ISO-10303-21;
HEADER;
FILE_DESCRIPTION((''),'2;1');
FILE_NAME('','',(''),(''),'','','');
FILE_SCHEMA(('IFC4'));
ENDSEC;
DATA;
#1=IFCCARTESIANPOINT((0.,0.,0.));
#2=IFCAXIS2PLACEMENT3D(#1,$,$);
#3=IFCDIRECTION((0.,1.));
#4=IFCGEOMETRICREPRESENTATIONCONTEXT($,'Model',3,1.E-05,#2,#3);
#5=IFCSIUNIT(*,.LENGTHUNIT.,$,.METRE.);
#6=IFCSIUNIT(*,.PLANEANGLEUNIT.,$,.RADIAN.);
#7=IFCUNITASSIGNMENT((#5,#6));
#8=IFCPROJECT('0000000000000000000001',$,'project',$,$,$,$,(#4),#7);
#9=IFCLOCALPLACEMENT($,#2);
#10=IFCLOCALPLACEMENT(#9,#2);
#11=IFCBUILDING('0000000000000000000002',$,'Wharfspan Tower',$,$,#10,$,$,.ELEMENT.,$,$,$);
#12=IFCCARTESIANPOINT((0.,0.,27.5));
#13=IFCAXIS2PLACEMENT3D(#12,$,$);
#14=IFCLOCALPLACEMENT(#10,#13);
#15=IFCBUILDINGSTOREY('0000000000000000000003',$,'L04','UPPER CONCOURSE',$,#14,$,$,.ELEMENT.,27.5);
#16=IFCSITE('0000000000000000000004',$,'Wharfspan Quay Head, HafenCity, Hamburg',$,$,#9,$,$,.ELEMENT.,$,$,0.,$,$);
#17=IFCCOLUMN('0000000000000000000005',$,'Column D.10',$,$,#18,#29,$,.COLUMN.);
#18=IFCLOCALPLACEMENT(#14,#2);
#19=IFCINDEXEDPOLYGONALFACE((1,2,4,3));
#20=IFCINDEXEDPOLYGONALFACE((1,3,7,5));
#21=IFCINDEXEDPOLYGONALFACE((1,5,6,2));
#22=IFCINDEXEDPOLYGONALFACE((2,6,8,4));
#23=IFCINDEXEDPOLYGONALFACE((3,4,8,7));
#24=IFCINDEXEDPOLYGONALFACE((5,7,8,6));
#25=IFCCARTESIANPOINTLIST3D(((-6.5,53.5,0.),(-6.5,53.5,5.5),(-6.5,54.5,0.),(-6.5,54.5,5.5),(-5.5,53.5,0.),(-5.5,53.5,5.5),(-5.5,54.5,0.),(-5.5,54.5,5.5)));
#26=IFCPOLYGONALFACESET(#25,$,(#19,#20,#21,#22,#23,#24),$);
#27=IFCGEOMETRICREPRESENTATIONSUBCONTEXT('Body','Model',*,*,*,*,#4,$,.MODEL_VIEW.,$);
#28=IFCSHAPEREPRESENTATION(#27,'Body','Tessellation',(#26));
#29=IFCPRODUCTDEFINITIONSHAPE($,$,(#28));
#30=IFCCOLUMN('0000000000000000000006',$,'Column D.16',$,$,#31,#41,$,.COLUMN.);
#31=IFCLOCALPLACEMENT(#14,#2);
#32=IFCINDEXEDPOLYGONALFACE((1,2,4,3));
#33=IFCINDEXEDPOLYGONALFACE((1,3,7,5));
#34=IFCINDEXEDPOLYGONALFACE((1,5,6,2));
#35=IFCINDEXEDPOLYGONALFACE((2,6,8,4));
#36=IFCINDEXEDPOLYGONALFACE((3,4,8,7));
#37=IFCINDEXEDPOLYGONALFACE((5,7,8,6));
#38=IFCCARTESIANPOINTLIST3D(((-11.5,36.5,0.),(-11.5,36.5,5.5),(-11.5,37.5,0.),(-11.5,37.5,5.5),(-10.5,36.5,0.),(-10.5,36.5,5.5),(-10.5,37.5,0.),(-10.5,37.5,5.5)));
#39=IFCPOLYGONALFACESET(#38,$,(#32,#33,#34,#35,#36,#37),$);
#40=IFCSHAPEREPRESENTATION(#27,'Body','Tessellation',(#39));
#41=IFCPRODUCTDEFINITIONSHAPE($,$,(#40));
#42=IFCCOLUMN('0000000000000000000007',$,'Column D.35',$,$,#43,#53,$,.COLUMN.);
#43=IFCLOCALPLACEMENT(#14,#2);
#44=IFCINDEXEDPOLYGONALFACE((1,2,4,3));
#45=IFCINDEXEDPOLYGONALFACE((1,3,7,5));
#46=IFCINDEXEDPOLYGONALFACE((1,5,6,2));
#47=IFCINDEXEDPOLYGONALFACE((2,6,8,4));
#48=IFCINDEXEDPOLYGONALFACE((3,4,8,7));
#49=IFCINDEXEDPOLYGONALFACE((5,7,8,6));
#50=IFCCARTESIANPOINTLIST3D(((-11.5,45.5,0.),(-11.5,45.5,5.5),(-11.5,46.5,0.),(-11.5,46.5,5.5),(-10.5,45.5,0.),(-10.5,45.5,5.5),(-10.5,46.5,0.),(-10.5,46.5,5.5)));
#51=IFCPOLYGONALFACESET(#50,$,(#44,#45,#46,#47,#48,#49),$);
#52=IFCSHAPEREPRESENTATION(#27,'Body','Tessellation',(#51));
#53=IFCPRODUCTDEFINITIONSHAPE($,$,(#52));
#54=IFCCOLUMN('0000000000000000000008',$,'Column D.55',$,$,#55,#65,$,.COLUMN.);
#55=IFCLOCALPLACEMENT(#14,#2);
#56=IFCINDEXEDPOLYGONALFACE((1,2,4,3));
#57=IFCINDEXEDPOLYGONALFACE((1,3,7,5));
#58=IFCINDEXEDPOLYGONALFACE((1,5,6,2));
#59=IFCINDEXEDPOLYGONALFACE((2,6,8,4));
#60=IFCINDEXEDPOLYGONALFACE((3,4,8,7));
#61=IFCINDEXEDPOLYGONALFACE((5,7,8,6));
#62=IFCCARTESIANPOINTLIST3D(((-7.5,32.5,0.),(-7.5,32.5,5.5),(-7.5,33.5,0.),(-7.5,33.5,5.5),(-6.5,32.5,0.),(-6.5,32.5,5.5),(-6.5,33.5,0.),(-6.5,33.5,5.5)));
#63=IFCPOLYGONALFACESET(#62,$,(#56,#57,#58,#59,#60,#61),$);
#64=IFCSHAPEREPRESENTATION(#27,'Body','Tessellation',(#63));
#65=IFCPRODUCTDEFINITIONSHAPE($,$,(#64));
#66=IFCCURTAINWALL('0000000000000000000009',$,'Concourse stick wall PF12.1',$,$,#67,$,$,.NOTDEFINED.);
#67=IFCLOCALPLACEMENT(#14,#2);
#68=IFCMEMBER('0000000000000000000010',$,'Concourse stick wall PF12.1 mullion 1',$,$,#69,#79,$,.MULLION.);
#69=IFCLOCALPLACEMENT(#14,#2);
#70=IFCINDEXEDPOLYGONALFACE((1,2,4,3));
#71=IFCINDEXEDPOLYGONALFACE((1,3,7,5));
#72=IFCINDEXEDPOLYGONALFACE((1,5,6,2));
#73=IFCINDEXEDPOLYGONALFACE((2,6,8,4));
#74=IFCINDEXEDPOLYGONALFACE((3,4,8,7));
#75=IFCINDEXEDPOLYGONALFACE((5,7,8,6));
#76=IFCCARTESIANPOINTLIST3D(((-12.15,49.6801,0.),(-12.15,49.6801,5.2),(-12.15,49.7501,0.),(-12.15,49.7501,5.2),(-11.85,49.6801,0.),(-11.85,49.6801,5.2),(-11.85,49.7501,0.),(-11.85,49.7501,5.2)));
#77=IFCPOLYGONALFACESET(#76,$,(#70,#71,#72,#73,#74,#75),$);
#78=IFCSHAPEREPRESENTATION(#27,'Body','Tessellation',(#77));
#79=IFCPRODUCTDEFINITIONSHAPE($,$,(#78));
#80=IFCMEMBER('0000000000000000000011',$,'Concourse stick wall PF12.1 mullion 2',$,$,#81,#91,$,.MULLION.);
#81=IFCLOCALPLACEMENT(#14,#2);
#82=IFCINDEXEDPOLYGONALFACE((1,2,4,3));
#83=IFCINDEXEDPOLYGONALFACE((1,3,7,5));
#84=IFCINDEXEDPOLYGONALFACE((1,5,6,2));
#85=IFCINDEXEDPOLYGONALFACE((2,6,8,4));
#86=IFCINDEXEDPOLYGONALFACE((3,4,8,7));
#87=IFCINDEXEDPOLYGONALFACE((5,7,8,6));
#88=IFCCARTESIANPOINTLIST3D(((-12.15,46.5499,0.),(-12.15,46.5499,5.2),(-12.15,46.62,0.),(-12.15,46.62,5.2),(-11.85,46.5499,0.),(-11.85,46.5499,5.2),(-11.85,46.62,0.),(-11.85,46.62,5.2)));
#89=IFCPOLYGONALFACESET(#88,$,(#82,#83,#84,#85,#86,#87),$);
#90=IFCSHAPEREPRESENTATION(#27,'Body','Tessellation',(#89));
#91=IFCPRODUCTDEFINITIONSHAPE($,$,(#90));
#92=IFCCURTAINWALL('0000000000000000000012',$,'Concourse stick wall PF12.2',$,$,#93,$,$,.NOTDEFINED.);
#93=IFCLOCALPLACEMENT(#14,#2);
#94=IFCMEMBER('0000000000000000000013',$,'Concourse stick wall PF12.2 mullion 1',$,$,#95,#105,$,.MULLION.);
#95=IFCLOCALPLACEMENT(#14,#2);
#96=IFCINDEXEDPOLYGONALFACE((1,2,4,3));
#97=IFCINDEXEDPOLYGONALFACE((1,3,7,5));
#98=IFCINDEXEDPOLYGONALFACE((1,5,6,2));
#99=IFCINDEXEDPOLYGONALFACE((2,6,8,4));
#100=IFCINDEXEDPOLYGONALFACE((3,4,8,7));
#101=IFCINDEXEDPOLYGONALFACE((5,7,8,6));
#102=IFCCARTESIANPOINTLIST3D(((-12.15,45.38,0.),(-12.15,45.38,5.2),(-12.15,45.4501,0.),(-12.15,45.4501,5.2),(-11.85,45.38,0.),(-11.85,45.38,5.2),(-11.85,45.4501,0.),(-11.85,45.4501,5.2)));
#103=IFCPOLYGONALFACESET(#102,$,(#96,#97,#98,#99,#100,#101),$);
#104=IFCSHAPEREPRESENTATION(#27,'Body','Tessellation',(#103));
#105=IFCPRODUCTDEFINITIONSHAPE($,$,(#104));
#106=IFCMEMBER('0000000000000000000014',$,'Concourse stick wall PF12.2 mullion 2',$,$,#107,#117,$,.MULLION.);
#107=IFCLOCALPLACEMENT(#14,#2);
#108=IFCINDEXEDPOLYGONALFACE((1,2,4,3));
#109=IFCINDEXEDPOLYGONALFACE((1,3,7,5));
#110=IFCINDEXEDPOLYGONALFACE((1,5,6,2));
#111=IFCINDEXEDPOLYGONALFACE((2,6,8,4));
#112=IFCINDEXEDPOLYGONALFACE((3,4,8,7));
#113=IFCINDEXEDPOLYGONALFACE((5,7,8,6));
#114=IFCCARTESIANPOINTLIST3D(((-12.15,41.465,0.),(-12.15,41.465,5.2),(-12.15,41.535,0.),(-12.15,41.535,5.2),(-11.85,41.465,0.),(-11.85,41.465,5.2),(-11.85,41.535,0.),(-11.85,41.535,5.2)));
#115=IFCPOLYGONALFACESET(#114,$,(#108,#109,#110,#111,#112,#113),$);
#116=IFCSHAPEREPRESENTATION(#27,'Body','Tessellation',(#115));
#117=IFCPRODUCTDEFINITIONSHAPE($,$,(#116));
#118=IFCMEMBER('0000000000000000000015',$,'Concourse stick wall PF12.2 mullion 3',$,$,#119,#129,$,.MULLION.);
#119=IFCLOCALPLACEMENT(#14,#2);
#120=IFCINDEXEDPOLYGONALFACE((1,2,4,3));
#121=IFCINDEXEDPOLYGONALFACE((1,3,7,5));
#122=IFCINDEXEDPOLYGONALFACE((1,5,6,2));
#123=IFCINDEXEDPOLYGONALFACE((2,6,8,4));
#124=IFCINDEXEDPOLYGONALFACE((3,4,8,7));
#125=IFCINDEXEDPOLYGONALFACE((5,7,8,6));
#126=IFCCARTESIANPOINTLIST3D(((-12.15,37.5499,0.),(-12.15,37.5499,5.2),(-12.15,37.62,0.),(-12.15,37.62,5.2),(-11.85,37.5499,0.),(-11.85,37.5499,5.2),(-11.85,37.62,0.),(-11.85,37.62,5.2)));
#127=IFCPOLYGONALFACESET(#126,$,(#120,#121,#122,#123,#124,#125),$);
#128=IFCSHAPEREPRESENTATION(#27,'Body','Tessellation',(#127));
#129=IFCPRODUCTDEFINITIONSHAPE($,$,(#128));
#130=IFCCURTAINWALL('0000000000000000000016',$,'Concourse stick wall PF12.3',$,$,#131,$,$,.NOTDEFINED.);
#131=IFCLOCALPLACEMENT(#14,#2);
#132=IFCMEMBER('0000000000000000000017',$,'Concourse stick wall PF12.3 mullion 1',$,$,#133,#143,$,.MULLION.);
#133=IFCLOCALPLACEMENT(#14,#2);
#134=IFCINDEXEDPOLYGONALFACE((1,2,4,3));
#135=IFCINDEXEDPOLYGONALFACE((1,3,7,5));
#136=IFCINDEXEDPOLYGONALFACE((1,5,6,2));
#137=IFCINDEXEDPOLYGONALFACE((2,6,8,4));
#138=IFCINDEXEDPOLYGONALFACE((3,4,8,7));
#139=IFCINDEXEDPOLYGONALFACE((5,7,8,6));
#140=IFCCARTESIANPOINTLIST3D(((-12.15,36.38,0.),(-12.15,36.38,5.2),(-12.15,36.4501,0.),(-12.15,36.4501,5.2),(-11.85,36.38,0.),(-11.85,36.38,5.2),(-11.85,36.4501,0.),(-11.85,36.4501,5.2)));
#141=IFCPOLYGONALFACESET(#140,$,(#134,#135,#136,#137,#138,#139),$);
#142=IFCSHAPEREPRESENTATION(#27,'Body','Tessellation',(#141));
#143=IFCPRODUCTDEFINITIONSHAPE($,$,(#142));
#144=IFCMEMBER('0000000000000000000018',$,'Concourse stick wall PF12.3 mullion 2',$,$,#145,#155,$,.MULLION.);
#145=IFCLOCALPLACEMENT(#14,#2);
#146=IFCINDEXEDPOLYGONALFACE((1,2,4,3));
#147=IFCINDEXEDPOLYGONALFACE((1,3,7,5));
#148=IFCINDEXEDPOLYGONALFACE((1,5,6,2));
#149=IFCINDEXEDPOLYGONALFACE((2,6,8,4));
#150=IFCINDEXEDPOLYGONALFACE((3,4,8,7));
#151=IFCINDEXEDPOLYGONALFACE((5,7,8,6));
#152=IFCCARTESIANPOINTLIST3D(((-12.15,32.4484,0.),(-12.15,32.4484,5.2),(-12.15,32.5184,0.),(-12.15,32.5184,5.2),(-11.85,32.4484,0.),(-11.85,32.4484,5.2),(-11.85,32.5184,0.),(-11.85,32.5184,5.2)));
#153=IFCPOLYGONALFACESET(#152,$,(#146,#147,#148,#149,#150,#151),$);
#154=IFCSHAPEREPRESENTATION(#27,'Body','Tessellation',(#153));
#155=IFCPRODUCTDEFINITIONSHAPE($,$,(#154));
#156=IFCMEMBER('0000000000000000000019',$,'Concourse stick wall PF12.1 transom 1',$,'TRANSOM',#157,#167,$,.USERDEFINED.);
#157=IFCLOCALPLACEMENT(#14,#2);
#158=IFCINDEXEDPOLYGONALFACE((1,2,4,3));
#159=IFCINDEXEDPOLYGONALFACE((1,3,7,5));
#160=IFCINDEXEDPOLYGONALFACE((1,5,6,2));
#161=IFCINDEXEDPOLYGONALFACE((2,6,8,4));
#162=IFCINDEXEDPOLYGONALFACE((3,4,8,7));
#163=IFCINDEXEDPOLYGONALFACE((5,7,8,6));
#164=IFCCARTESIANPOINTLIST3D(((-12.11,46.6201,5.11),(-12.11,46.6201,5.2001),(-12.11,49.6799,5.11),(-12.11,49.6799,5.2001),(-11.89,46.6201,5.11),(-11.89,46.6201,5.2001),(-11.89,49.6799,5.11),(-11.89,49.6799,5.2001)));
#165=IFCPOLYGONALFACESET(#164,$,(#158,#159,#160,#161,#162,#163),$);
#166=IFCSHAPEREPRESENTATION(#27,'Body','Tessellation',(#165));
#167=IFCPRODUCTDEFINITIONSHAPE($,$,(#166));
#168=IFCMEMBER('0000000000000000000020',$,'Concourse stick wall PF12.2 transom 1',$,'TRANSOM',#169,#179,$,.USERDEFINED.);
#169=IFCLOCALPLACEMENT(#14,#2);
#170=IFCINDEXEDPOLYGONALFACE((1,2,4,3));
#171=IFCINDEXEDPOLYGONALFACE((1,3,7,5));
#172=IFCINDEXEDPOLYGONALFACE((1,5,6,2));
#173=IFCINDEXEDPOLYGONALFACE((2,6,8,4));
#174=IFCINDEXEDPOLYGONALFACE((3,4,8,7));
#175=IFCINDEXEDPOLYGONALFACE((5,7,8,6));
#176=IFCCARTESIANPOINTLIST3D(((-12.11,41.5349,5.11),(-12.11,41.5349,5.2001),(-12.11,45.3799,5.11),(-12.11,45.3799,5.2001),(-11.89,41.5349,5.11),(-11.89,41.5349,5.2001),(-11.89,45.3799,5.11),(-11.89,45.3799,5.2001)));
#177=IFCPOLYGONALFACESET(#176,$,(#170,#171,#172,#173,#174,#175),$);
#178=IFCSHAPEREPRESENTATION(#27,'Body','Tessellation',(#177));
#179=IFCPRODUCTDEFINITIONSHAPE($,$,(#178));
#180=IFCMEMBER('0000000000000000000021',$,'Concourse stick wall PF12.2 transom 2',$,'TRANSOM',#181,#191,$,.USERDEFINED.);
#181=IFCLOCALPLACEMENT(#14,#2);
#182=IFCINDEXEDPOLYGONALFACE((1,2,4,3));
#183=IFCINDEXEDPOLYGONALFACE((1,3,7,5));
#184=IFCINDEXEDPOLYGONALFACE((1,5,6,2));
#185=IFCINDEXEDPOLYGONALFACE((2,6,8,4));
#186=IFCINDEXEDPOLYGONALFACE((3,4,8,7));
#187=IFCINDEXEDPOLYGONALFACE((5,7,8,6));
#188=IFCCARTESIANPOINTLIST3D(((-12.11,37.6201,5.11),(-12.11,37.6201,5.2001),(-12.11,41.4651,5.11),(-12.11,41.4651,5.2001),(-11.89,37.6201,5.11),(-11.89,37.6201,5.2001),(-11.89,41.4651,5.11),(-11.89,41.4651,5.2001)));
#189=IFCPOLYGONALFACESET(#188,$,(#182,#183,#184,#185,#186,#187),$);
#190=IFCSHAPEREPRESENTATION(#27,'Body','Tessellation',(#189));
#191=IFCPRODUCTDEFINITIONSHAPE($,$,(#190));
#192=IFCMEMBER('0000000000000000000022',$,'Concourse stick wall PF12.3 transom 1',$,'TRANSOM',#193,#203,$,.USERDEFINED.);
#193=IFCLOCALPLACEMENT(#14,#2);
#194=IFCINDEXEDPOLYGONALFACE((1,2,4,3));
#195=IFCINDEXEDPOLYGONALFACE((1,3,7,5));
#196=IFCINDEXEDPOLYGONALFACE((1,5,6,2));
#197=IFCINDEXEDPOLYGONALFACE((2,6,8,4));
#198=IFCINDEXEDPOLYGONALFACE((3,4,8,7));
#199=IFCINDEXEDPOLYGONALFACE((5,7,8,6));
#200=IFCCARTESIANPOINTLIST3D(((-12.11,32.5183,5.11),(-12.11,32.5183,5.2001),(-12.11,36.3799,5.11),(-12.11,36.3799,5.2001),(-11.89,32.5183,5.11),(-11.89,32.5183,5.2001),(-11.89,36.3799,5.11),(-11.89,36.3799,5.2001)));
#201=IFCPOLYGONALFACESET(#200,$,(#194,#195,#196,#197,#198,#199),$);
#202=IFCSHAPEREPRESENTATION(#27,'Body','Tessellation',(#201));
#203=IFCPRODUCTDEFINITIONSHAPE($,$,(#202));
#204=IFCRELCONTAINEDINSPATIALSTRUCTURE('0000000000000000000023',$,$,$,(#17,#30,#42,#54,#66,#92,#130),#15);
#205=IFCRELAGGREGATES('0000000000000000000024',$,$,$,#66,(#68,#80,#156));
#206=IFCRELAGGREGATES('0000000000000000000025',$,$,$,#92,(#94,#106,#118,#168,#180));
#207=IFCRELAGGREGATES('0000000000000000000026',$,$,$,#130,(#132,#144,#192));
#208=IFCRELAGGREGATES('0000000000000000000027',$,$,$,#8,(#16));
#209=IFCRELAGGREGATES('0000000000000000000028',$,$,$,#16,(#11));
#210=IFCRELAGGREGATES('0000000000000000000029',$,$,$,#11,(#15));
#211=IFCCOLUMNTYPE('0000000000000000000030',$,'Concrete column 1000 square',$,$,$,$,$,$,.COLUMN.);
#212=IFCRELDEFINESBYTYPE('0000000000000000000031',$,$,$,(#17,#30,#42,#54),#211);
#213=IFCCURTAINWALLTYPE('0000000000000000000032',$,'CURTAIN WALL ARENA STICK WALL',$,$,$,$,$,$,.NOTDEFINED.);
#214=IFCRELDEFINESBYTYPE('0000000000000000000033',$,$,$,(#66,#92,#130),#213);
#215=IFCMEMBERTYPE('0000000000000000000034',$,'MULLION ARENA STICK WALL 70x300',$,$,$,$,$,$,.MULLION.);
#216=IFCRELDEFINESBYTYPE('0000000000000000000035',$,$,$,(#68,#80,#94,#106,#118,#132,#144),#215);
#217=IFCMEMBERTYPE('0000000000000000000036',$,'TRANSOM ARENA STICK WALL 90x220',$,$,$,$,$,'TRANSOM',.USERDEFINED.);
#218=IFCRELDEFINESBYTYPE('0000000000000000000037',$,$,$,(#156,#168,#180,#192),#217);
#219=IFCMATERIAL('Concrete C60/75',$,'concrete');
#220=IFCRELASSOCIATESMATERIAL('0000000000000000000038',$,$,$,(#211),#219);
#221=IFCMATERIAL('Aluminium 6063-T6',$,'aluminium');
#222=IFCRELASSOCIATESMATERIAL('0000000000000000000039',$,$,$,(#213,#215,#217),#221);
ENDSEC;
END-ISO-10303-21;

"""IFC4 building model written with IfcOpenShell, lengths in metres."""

from ifc_helpers import new_model, si_unit, direction, frame, origin, origin_2d, place, context, subcontext, project, spatial, rectangle, extrude, material, material_profile, profile_set, type_object, element, aggregate, save


model = new_model("IFC4")

# Units and contexts
model_context = context("Model", 3, precision=1e-05, world=origin(), true_north=direction((0.0, 1.0)))
body_context = subcontext(model_context, "Body", "Model", "MODEL_VIEW")
ifc_project = project(units=[si_unit("LENGTHUNIT", "METRE"), si_unit("PLANEANGLEUNIT", "RADIAN")], contexts=[model_context])

# Site, building, storey
site_placement = place(None, origin())
site = spatial("IfcSite", under=ifc_project, at=site_placement, Name="Wharfspan Quay Head, HafenCity, Hamburg", CompositionType="ELEMENT", RefElevation=0.0)
building_placement = place(site_placement, origin())
building = spatial("IfcBuilding", under=site, at=building_placement, Name="Wharfspan Tower", CompositionType="ELEMENT")
storey_placement = place(building_placement, frame((0.0, 0.0, 27.5)))
storey = spatial("IfcBuildingStorey", under=building, at=storey_placement, Name="L04", Description="UPPER CONCOURSE", CompositionType="ELEMENT", Elevation=27.5)

# Columns
ifc_material_1 = material(Name="Concrete C60/75", Category="concrete")
ifc_material_profile_1 = material_profile(ifc_material_1, rectangle(XDim=1.0, YDim=1.0, at=origin_2d()))
ifc_profile_set_1 = profile_set([ifc_material_profile_1], Name="Concrete C60/75")
column_type = type_object("IfcColumnType", Name="Concrete column 1000 square", PredefinedType="COLUMN", material=ifc_profile_set_1)
for number, where, z_axis, x_axis, name in (
    (1, (-6.0, 54.0, 0.0), (0.0, 0.0, 1.0), (1.0, 0.0, 0.0), "Column D.10"),
    (2, (-11.0, 37.0, 0.0), (0.0, 0.0, 1.0), (1.0, 0.0, 0.0), "Column D.16"),
    (3, (-11.0, 46.0, 0.0), (0.0, 0.0, 1.0), (1.0, 0.0, 0.0), "Column D.35"),
    (4, (-7.0, 33.0, 0.0), (0.0, 0.0, 1.0), (1.0, 0.0, 0.0), "Column D.55"),
):
    element("IfcColumn", number, at=place(storey_placement, frame(where, z_axis=z_axis, x_axis=x_axis)), inside=storey, type_object=column_type, Name=name, PredefinedType="COLUMN", context=body_context, shape_type="SweptSolid", body=[
        extrude(rectangle(XDim=1.0, YDim=1.0, at=origin_2d()), origin(), (0.0, 0.0, 1.0), 5.5),
    ])

# Curtain walls, members
ifc_material_2 = material(Name="Aluminium 6063-T6", Category="aluminium")
curtain_wall_type = type_object("IfcCurtainWallType", Name="CURTAIN WALL ARENA STICK WALL", PredefinedType="NOTDEFINED", material=ifc_material_2)
curtain_wall_1_placement = place(storey_placement, origin())
curtain_wall_1 = element("IfcCurtainWall", 5, at=curtain_wall_1_placement, inside=storey, type_object=curtain_wall_type, Name="Concourse stick wall PF12.1", PredefinedType="NOTDEFINED")
ifc_material_profile_2 = material_profile(ifc_material_2, rectangle(XDim=0.3, YDim=0.0701, at=origin_2d()))
ifc_profile_set_2 = profile_set([ifc_material_profile_2], Name="Aluminium 6063-T6")
member_type_1 = type_object("IfcMemberType", Name="MULLION ARENA STICK WALL 70x300", PredefinedType="MULLION", material=ifc_profile_set_2)
member_1_placement = place(storey_placement, frame((-12.0, 49.7151, 0.0), z_axis=(0.0, 0.0, 1.0), x_axis=(1.0, 0.0, 0.0)))
member_1 = element("IfcMember", 6, at=member_1_placement, type_object=member_type_1, Name="Concourse stick wall PF12.1 mullion 1", PredefinedType="MULLION", context=body_context, shape_type="SweptSolid", body=[
    extrude(rectangle(XDim=0.3, YDim=0.0701, at=origin_2d()), origin(), (0.0, 0.0, 1.0), 5.2),
])
member_2_placement = place(storey_placement, frame((-12.0, 46.585, 0.0), z_axis=(0.0, 0.0, 1.0), x_axis=(1.0, 0.0, 0.0)))
member_2 = element("IfcMember", 7, at=member_2_placement, type_object=member_type_1, Name="Concourse stick wall PF12.1 mullion 2", PredefinedType="MULLION", context=body_context, shape_type="SweptSolid", body=[
    extrude(rectangle(XDim=0.3, YDim=0.0701, at=origin_2d()), origin(), (0.0, 0.0, 1.0), 5.2),
])
curtain_wall_2_placement = place(storey_placement, origin())
curtain_wall_2 = element("IfcCurtainWall", 8, at=curtain_wall_2_placement, inside=storey, type_object=curtain_wall_type, Name="Concourse stick wall PF12.2", PredefinedType="NOTDEFINED")
member_3_placement = place(storey_placement, frame((-12.0, 45.415, 0.0), z_axis=(0.0, 0.0, 1.0), x_axis=(1.0, 0.0, 0.0)))
member_3 = element("IfcMember", 9, at=member_3_placement, type_object=member_type_1, Name="Concourse stick wall PF12.2 mullion 1", PredefinedType="MULLION", context=body_context, shape_type="SweptSolid", body=[
    extrude(rectangle(XDim=0.3, YDim=0.0701, at=origin_2d()), origin(), (0.0, 0.0, 1.0), 5.2),
])
member_4_placement = place(storey_placement, frame((-12.0, 41.5, 0.0), z_axis=(0.0, 0.0, 1.0), x_axis=(1.0, 0.0, 0.0)))
member_4 = element("IfcMember", 10, at=member_4_placement, type_object=member_type_1, Name="Concourse stick wall PF12.2 mullion 2", PredefinedType="MULLION", context=body_context, shape_type="SweptSolid", body=[
    extrude(rectangle(XDim=0.3, YDim=0.0701, at=origin_2d()), origin(), (0.0, 0.0, 1.0), 5.2),
])
member_5_placement = place(storey_placement, frame((-12.0, 37.585, 0.0), z_axis=(0.0, 0.0, 1.0), x_axis=(1.0, 0.0, 0.0)))
member_5 = element("IfcMember", 11, at=member_5_placement, type_object=member_type_1, Name="Concourse stick wall PF12.2 mullion 3", PredefinedType="MULLION", context=body_context, shape_type="SweptSolid", body=[
    extrude(rectangle(XDim=0.3, YDim=0.0701, at=origin_2d()), origin(), (0.0, 0.0, 1.0), 5.2),
])
curtain_wall_3_placement = place(storey_placement, origin())
curtain_wall_3 = element("IfcCurtainWall", 12, at=curtain_wall_3_placement, inside=storey, type_object=curtain_wall_type, Name="Concourse stick wall PF12.3", PredefinedType="NOTDEFINED")
member_6_placement = place(storey_placement, frame((-12.0, 36.415, 0.0), z_axis=(0.0, 0.0, 1.0), x_axis=(1.0, 0.0, 0.0)))
member_6 = element("IfcMember", 13, at=member_6_placement, type_object=member_type_1, Name="Concourse stick wall PF12.3 mullion 1", PredefinedType="MULLION", context=body_context, shape_type="SweptSolid", body=[
    extrude(rectangle(XDim=0.3, YDim=0.0701, at=origin_2d()), origin(), (0.0, 0.0, 1.0), 5.2),
])
member_7_placement = place(storey_placement, frame((-12.0, 32.4834, 0.0), z_axis=(0.0, 0.0, 1.0), x_axis=(1.0, 0.0, 0.0)))
member_7 = element("IfcMember", 14, at=member_7_placement, type_object=member_type_1, Name="Concourse stick wall PF12.3 mullion 2", PredefinedType="MULLION", context=body_context, shape_type="SweptSolid", body=[
    extrude(rectangle(XDim=0.3, YDim=0.0701, at=origin_2d()), origin(), (0.0, 0.0, 1.0), 5.2),
])

# Members
ifc_material_profile_3 = material_profile(ifc_material_2, rectangle(XDim=0.22, YDim=0.0901, at=origin_2d()))
ifc_profile_set_3 = profile_set([ifc_material_profile_3], Name="Aluminium 6063-T6")
member_type_2 = type_object("IfcMemberType", Name="TRANSOM ARENA STICK WALL 90x220", ElementType="TRANSOM", PredefinedType="USERDEFINED", material=ifc_profile_set_3)
member_8_placement = place(storey_placement, frame((-12.0, 49.6799, 5.155), z_axis=(0.0, -1.0, 0.0), x_axis=(1.0, 0.0, 0.0)))
member_8 = element("IfcMember", 15, at=member_8_placement, type_object=member_type_2, Name="Concourse stick wall PF12.1 transom 1", ObjectType="TRANSOM", PredefinedType="USERDEFINED", context=body_context, shape_type="SweptSolid", body=[
    extrude(rectangle(XDim=0.22, YDim=0.0901, at=origin_2d()), origin(), (0.0, 0.0, 1.0), 3.0598),
])
member_9_placement = place(storey_placement, frame((-12.0, 45.3799, 5.155), z_axis=(0.0, -1.0, 0.0), x_axis=(1.0, 0.0, 0.0)))
member_9 = element("IfcMember", 16, at=member_9_placement, type_object=member_type_2, Name="Concourse stick wall PF12.2 transom 1", ObjectType="TRANSOM", PredefinedType="USERDEFINED", context=body_context, shape_type="SweptSolid", body=[
    extrude(rectangle(XDim=0.22, YDim=0.0901, at=origin_2d()), origin(), (0.0, 0.0, 1.0), 3.845),
])
member_10_placement = place(storey_placement, frame((-12.0, 41.4651, 5.155), z_axis=(0.0, -1.0, 0.0), x_axis=(1.0, 0.0, 0.0)))
member_10 = element("IfcMember", 17, at=member_10_placement, type_object=member_type_2, Name="Concourse stick wall PF12.2 transom 2", ObjectType="TRANSOM", PredefinedType="USERDEFINED", context=body_context, shape_type="SweptSolid", body=[
    extrude(rectangle(XDim=0.22, YDim=0.0901, at=origin_2d()), origin(), (0.0, 0.0, 1.0), 3.845),
])
member_11_placement = place(storey_placement, frame((-12.0, 36.3799, 5.155), z_axis=(0.0, -1.0, 0.0), x_axis=(1.0, 0.0, 0.0)))
member_11 = element("IfcMember", 18, at=member_11_placement, type_object=member_type_2, Name="Concourse stick wall PF12.3 transom 1", ObjectType="TRANSOM", PredefinedType="USERDEFINED", context=body_context, shape_type="SweptSolid", body=[
    extrude(rectangle(XDim=0.22, YDim=0.0901, at=origin_2d()), origin(), (0.0, 0.0, 1.0), 3.8616),
])

aggregate(curtain_wall_1, [member_1, member_2, member_8])
aggregate(curtain_wall_2, [member_3, member_4, member_5, member_9, member_10])
aggregate(curtain_wall_3, [member_6, member_7, member_11])

save(model, "model.ifc")
